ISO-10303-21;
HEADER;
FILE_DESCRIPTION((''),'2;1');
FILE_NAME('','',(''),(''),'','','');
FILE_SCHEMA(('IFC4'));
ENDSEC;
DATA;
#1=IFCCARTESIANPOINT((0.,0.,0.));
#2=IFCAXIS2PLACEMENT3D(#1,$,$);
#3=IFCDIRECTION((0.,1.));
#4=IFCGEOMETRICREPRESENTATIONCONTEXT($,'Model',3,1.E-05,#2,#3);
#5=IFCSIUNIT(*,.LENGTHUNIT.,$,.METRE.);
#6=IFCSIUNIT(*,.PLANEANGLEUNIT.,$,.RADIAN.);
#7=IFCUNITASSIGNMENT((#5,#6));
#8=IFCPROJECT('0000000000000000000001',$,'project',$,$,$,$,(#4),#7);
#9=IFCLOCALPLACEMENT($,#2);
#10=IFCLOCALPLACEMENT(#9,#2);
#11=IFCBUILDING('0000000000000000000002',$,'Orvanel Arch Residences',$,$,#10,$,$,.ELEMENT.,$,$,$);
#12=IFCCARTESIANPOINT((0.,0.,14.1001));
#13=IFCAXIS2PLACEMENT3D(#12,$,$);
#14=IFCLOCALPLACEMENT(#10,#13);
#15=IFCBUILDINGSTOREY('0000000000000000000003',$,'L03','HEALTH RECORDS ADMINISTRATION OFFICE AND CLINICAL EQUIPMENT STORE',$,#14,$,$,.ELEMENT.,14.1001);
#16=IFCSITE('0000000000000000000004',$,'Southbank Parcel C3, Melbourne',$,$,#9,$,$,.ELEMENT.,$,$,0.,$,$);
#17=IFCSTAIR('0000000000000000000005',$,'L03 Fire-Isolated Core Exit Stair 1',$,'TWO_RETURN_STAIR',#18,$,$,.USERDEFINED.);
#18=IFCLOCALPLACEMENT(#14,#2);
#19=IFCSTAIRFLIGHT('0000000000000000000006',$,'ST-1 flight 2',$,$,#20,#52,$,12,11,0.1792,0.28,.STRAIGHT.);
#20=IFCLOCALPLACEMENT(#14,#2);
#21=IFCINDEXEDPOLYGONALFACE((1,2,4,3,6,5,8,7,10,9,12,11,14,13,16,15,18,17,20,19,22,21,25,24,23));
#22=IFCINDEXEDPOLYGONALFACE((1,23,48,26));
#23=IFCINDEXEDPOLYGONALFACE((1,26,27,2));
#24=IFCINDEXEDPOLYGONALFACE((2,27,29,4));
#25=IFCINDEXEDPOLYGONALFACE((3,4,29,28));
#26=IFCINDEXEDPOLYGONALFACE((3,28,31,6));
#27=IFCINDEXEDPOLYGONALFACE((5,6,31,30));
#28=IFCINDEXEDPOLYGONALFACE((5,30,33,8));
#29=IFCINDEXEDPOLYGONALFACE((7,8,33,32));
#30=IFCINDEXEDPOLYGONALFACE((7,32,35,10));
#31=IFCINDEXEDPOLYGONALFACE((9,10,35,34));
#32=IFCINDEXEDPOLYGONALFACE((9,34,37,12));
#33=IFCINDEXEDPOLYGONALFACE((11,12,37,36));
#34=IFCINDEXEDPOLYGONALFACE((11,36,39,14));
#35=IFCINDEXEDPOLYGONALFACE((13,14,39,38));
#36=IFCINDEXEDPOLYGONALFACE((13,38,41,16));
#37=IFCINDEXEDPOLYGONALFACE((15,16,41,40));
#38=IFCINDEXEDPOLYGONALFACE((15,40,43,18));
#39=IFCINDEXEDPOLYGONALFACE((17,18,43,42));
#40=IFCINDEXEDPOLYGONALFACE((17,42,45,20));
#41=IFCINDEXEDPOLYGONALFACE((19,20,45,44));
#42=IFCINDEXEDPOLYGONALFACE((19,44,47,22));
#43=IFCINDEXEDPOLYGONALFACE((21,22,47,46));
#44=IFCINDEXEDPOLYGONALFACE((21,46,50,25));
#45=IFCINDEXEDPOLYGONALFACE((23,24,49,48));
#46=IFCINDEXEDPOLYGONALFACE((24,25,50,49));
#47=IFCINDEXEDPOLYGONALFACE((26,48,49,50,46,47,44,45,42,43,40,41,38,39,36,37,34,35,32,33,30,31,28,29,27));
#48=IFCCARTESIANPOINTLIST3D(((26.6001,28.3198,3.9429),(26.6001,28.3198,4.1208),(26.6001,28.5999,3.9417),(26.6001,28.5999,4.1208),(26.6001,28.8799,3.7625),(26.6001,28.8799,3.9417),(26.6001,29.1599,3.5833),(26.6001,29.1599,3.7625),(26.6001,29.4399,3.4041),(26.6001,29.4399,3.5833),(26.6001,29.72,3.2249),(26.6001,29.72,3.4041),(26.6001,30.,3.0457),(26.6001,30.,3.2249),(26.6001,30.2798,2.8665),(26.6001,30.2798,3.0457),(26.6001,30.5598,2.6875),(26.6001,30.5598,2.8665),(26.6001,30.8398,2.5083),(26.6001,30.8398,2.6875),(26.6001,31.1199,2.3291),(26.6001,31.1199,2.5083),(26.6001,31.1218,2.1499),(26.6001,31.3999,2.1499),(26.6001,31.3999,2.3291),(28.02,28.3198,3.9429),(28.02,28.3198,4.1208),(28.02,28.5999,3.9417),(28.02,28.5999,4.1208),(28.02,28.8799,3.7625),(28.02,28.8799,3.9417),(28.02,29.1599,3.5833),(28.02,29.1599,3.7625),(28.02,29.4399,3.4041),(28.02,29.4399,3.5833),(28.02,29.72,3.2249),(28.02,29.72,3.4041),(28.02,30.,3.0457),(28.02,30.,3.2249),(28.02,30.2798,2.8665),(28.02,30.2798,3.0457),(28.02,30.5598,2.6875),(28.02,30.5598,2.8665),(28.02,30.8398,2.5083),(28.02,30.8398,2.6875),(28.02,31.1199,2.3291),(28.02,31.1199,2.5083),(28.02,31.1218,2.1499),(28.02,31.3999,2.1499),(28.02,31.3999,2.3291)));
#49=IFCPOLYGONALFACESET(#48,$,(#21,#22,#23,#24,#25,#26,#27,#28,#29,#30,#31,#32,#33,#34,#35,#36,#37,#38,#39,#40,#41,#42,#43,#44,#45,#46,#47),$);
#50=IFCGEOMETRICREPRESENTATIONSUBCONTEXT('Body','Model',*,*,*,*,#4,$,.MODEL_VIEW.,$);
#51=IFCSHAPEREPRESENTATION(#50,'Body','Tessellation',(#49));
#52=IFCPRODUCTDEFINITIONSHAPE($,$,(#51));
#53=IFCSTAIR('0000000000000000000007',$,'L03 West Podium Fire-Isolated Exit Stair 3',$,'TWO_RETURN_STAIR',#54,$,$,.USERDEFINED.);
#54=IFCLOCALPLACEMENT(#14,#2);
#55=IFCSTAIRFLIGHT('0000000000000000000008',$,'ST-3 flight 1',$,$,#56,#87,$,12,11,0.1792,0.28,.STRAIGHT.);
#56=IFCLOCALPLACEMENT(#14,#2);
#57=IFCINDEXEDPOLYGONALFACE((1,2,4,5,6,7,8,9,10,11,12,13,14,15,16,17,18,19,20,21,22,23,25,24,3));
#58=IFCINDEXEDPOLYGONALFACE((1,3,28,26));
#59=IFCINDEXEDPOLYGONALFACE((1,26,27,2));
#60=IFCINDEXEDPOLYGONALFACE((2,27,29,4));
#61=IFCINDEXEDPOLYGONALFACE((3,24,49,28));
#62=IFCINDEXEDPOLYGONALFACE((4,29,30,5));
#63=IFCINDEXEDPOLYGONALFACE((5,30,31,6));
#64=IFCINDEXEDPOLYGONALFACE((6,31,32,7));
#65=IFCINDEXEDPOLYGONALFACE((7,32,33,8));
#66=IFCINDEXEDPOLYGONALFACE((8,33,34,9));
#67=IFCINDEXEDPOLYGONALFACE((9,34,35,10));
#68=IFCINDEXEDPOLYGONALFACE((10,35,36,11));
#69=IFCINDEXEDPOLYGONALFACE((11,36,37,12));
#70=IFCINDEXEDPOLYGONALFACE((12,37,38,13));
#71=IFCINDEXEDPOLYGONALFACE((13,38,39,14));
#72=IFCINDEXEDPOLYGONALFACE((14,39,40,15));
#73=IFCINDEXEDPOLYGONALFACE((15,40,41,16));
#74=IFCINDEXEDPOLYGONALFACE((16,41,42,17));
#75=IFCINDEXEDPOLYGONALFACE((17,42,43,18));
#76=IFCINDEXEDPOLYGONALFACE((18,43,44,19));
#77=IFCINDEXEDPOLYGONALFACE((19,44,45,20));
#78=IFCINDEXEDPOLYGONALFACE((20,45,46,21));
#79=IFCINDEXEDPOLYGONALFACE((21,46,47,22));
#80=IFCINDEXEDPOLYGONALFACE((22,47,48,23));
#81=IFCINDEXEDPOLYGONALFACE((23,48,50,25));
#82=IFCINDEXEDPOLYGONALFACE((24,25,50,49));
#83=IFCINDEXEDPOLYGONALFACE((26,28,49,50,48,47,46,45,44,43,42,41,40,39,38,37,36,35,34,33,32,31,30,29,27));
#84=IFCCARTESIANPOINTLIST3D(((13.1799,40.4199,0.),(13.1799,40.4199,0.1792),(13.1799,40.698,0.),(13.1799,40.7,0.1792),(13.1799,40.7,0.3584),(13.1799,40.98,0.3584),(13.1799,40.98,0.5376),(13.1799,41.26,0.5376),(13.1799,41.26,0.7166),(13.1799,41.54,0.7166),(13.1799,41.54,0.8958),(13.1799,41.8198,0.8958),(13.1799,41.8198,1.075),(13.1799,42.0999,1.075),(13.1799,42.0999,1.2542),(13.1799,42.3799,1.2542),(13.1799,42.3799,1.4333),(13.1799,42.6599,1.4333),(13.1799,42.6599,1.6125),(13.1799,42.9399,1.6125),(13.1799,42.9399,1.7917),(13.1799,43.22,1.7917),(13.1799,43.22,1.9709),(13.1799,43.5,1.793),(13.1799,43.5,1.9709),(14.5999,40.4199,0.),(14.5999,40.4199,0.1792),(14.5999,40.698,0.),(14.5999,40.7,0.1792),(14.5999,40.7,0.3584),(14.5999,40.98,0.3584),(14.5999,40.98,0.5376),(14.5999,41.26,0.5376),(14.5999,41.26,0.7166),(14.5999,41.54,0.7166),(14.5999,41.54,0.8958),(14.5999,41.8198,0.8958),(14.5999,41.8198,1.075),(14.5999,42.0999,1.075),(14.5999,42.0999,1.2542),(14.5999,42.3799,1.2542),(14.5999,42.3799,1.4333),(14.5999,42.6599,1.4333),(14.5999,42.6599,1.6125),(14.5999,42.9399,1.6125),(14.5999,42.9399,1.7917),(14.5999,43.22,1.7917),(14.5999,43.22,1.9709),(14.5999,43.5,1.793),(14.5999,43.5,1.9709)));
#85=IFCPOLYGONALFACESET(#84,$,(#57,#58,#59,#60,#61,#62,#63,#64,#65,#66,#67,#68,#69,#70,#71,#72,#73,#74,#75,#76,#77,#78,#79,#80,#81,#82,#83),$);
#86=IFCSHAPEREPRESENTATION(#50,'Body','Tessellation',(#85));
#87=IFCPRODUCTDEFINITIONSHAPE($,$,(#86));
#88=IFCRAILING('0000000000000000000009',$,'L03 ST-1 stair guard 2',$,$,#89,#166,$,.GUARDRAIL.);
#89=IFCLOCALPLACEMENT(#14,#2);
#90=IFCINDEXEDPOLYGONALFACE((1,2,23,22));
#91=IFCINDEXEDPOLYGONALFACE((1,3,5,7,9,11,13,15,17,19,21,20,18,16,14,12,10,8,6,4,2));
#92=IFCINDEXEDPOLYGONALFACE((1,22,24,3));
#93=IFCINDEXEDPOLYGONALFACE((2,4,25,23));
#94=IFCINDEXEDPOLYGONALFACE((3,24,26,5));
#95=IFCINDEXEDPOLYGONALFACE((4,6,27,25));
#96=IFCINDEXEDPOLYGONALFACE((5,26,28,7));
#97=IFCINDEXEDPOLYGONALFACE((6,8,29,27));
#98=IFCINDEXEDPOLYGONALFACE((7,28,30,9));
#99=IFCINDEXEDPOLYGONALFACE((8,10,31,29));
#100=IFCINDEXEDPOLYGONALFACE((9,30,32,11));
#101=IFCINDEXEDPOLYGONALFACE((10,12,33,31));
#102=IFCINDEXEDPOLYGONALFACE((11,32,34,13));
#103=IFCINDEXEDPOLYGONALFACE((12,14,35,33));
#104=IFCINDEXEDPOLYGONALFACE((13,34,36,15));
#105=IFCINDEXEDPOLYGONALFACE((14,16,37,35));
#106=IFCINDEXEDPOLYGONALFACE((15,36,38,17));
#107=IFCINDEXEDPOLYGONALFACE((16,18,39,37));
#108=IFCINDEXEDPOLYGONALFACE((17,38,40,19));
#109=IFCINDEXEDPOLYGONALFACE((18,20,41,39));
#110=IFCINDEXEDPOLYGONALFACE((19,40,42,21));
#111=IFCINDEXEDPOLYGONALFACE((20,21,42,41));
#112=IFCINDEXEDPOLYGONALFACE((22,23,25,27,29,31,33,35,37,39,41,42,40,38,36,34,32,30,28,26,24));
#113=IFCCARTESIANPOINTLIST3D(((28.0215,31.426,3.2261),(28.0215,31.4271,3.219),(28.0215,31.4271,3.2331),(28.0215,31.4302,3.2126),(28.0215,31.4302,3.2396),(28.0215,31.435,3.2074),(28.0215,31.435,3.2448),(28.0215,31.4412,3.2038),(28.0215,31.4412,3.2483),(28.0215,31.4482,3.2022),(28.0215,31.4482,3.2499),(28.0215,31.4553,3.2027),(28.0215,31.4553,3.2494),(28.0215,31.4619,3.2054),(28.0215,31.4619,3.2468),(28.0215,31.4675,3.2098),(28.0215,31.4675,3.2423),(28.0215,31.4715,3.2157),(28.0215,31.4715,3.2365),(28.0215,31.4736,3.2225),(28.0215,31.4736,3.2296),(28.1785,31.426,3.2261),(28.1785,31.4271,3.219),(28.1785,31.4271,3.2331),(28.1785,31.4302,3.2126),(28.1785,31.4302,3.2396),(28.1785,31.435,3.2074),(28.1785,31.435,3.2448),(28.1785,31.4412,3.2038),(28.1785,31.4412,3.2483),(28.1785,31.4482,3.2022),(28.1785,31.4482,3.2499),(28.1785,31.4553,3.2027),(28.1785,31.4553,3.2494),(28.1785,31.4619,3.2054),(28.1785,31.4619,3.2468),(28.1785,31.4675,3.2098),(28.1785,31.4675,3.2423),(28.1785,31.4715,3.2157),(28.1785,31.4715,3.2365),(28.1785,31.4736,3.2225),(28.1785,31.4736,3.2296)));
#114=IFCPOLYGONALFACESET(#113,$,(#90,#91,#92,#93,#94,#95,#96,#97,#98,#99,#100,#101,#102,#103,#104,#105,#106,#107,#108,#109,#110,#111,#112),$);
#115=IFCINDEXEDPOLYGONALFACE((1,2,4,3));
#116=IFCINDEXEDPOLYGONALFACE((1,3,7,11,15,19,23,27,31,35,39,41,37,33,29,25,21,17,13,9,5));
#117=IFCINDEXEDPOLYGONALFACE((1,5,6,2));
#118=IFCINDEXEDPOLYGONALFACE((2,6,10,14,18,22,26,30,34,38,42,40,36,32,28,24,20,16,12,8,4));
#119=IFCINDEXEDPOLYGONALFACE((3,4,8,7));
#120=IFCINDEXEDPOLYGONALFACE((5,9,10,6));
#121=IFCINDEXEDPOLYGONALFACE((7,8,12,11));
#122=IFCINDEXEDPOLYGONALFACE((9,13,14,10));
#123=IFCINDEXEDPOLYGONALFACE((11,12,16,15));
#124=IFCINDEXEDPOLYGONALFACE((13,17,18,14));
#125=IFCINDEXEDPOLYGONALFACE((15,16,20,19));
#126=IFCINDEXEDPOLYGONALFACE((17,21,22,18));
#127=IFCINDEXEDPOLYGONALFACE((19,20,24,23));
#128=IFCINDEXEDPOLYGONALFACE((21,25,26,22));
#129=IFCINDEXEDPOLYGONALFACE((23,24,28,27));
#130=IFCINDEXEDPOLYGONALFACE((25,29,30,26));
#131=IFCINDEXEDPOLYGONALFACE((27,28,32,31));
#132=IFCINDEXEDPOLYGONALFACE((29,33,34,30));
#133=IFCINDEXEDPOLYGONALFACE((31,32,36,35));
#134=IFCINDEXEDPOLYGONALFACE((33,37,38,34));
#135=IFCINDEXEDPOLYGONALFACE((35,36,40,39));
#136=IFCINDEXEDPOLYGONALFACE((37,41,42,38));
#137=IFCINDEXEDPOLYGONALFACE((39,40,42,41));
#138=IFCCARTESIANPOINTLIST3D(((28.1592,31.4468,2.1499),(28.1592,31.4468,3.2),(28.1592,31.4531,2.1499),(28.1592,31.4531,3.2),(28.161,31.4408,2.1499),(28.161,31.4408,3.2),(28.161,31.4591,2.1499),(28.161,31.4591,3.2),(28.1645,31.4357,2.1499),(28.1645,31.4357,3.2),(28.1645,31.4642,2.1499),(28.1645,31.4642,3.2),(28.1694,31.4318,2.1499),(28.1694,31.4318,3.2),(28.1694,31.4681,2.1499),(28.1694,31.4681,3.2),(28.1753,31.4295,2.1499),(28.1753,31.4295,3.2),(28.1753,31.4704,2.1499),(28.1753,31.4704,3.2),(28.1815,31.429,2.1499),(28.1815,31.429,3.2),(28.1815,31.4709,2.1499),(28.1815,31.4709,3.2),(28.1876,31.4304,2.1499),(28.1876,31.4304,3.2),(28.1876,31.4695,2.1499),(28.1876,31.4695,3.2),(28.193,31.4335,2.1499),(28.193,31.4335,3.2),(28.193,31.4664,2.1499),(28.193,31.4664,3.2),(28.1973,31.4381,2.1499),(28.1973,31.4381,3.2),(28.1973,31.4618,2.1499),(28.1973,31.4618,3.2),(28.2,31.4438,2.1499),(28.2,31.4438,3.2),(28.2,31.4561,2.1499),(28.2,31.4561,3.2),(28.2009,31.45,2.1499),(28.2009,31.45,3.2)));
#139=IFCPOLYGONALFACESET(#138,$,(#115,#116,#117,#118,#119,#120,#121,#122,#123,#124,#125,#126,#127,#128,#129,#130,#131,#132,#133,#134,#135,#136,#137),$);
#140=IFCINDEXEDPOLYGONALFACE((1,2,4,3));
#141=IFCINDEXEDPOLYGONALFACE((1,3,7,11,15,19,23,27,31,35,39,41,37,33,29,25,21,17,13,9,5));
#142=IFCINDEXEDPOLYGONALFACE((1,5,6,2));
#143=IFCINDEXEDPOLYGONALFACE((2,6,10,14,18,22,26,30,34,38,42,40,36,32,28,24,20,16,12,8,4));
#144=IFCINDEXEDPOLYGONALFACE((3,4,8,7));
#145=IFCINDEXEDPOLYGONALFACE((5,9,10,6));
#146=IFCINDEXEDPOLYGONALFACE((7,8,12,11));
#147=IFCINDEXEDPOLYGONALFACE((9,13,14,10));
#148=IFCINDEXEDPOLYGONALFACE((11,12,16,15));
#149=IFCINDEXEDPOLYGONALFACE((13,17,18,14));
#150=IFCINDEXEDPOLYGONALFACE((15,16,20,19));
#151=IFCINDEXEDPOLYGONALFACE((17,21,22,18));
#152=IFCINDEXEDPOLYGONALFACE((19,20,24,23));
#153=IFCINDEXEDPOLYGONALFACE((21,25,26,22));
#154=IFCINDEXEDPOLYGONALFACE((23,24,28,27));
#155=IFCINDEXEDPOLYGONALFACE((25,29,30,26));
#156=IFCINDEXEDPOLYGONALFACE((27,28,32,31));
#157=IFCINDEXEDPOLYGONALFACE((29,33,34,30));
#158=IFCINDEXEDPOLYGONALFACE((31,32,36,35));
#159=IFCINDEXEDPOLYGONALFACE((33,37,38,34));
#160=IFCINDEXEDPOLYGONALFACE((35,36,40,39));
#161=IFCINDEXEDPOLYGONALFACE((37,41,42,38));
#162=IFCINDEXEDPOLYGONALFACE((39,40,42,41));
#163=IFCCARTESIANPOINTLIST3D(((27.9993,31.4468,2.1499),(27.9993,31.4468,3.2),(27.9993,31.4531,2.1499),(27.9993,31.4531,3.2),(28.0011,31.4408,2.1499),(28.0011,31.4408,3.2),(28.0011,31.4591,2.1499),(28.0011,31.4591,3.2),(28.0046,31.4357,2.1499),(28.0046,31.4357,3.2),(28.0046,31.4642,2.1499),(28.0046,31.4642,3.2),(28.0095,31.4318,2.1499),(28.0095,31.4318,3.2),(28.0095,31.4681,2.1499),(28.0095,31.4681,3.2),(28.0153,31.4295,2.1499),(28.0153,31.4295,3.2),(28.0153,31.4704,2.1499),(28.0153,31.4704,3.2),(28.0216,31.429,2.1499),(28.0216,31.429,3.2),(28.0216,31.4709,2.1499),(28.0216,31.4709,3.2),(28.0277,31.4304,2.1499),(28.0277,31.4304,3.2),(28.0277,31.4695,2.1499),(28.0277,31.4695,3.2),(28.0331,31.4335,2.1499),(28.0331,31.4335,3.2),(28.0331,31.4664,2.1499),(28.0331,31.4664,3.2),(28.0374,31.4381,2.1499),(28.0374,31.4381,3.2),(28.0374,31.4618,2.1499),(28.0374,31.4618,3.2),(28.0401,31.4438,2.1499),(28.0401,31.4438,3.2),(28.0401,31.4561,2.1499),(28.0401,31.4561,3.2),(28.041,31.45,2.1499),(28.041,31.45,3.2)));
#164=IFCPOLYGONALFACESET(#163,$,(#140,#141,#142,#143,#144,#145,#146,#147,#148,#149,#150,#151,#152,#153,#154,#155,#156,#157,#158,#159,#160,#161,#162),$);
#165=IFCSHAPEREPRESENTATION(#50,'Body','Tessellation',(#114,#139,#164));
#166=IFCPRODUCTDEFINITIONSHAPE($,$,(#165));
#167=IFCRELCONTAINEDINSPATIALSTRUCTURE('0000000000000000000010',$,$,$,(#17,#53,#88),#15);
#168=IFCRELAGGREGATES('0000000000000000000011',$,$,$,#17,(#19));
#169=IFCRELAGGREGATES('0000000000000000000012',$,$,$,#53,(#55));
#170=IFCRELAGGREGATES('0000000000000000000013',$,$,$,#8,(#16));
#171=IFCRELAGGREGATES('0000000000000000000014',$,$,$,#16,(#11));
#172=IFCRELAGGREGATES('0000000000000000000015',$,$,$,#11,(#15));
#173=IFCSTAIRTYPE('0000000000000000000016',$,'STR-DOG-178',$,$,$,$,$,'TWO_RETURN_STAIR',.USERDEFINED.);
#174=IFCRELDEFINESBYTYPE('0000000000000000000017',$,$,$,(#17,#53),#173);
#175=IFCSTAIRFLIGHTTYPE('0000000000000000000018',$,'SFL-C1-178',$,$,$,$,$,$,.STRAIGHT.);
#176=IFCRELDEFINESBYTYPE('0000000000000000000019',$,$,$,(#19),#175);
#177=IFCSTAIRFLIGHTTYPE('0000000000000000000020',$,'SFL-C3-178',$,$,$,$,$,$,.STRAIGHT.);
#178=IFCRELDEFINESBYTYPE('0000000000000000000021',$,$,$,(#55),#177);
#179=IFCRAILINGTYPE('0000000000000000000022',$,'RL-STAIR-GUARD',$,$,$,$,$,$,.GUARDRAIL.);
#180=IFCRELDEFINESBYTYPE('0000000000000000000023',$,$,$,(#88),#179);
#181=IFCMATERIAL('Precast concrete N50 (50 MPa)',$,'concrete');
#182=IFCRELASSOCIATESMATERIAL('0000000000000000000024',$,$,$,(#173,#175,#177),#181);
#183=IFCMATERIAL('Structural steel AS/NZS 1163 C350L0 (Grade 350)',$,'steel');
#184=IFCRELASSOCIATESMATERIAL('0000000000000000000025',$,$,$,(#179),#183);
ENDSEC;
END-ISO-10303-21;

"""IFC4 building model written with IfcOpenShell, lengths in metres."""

from ifc_helpers import new_model, si_unit, direction, frame, origin, origin_2d, place, context, subcontext, project, spatial, polyline, circle, outline, extrude, material, type_object, element, aggregate, save


model = new_model("IFC4")

# Units and contexts
model_context = context("Model", 3, precision=1e-05, world=origin(), true_north=direction((0.0, 1.0)))
body_context = subcontext(model_context, "Body", "Model", "MODEL_VIEW")
ifc_project = project(units=[si_unit("LENGTHUNIT", "METRE"), si_unit("PLANEANGLEUNIT", "RADIAN")], contexts=[model_context])

# Site, building, storey
site_placement = place(None, origin())
site = spatial("IfcSite", under=ifc_project, at=site_placement, Name="Southbank Parcel C3, Melbourne", CompositionType="ELEMENT", RefElevation=0.0)
building_placement = place(site_placement, origin())
building = spatial("IfcBuilding", under=site, at=building_placement, Name="Orvanel Arch Residences", CompositionType="ELEMENT")
storey_placement = place(building_placement, frame((0.0, 0.0, 14.1001)))
storey = spatial("IfcBuildingStorey", under=building, at=storey_placement, Name="L03", Description="HEALTH RECORDS ADMINISTRATION OFFICE AND CLINICAL EQUIPMENT STORE", CompositionType="ELEMENT", Elevation=14.1001)

# Stair, stair flight
ifc_material_1 = material(Name="Precast concrete N50 (50 MPa)", Category="concrete")
stair_type = type_object("IfcStairType", Name="STR-DOG-178", ElementType="TWO_RETURN_STAIR", PredefinedType="USERDEFINED", material=ifc_material_1)
stair_1_placement = place(storey_placement, origin())
stair_1 = element("IfcStair", 1, at=stair_1_placement, inside=storey, type_object=stair_type, Name="L03 Fire-Isolated Core Exit Stair 1", ObjectType="TWO_RETURN_STAIR", PredefinedType="USERDEFINED")
stair_flight_type_1 = type_object("IfcStairFlightType", Name="SFL-C1-178", PredefinedType="STRAIGHT", material=ifc_material_1)
stair_flight_1_placement = place(storey_placement, frame((27.3101, 31.3999, 2.1499), z_axis=(0.0, 0.0, 1.0), x_axis=(0.0, -1.0, 0.0)))
stair_flight_1 = element("IfcStairFlight", 2, at=stair_flight_1_placement, type_object=stair_flight_type_1, Name="ST-1 flight 2", NumberOfRisers=12, NumberOfTreads=11, PredefinedType="STRAIGHT", RiserHeight=0.1792, TreadLength=0.28, context=body_context, shape_type="SweptSolid", body=[
    extrude(outline(polyline([(0.0, 0.0), (0.0, 0.1792), (0.28, 0.1792), (0.28, 0.3584), (0.5601, 0.3584), (0.5601, 0.5376), (0.8401, 0.5376), (0.8401, 0.7166), (1.1201, 0.7166), (1.1201, 0.8958), (1.3999, 0.8958), (1.3999, 1.075), (1.6799, 1.075), (1.6799, 1.2542), (1.96, 1.2542), (1.96, 1.4333), (2.24, 1.4333), (2.24, 1.6125), (2.52, 1.6125), (2.52, 1.7917), (2.8, 1.7917), (2.8, 1.9709), (3.0801, 1.9709), (3.0801, 2.1499), (3.0801, 1.793), (0.2781, 0.0), (0.0, 0.0)])), frame((0.0, 0.71, 0.0), z_axis=(0.0, -1.0, 0.0), x_axis=(1.0, 0.0, 0.0)), (0.0, 0.0, 1.0), 1.4199),
])
aggregate(stair_1, [stair_flight_1])

# Stair, stair flight
stair_2_placement = place(storey_placement, origin())
stair_2 = element("IfcStair", 3, at=stair_2_placement, inside=storey, type_object=stair_type, Name="L03 West Podium Fire-Isolated Exit Stair 3", ObjectType="TWO_RETURN_STAIR", PredefinedType="USERDEFINED")
stair_flight_type_2 = type_object("IfcStairFlightType", Name="SFL-C3-178", PredefinedType="STRAIGHT", material=ifc_material_1)
stair_flight_2_placement = place(storey_placement, frame((13.8899, 40.4199, 0.0), z_axis=(0.0, 0.0, 1.0), x_axis=(0.0, 1.0, 0.0)))
stair_flight_2 = element("IfcStairFlight", 4, at=stair_flight_2_placement, type_object=stair_flight_type_2, Name="ST-3 flight 1", NumberOfRisers=12, NumberOfTreads=11, PredefinedType="STRAIGHT", RiserHeight=0.1792, TreadLength=0.28, context=body_context, shape_type="SweptSolid", body=[
    extrude(outline(polyline([(0.0, 0.0), (0.0, 0.1792), (0.28, 0.1792), (0.28, 0.3584), (0.5601, 0.3584), (0.5601, 0.5376), (0.8401, 0.5376), (0.8401, 0.7166), (1.1201, 0.7166), (1.1201, 0.8958), (1.3999, 0.8958), (1.3999, 1.075), (1.6799, 1.075), (1.6799, 1.2542), (1.96, 1.2542), (1.96, 1.4333), (2.24, 1.4333), (2.24, 1.6125), (2.52, 1.6125), (2.52, 1.7917), (2.8, 1.7917), (2.8, 1.9709), (3.0801, 1.9709), (3.0801, 2.1499), (3.0801, 1.793), (0.2781, 0.0), (0.0, 0.0)])), frame((0.0, 0.71, 0.0), z_axis=(0.0, -1.0, 0.0), x_axis=(1.0, 0.0, 0.0)), (0.0, 0.0, 1.0), 1.4199),
])
aggregate(stair_2, [stair_flight_2])

# Railing
ifc_material_2 = material(Name="Structural steel AS/NZS 1163 C350L0 (Grade 350)", Category="steel")
railing_type_1 = type_object("IfcRailingType", Name="RL-STAIR-GUARD", PredefinedType="GUARDRAIL", material=ifc_material_2)
railing_1_placement = place(storey_placement, frame((28.1799, 31.45, 2.1499)))
element("IfcRailing", 5, at=railing_1_placement, inside=storey, type_object=railing_type_1, Name="L03 ST-1 stair guard 2", PredefinedType="GUARDRAIL", context=body_context, shape_type="SweptSolid", body=[
    extrude(circle(Radius=0.0239, at=origin_2d()), frame((-0.0015, 0.0, 1.0762), z_axis=(-1.0, 0.0, 0.0), x_axis=(0.0, -1.0, 0.0)), (0.0, 0.0, 1.0), 0.157),
    extrude(circle(Radius=0.021, at=origin_2d()), origin(), (0.0, 0.0, 1.0), 1.05),
    extrude(circle(Radius=0.021, at=origin_2d()), frame((-0.1599, 0.0, 0.0)), (0.0, 0.0, 1.0), 1.05),
])

save(model, "model.ifc")
